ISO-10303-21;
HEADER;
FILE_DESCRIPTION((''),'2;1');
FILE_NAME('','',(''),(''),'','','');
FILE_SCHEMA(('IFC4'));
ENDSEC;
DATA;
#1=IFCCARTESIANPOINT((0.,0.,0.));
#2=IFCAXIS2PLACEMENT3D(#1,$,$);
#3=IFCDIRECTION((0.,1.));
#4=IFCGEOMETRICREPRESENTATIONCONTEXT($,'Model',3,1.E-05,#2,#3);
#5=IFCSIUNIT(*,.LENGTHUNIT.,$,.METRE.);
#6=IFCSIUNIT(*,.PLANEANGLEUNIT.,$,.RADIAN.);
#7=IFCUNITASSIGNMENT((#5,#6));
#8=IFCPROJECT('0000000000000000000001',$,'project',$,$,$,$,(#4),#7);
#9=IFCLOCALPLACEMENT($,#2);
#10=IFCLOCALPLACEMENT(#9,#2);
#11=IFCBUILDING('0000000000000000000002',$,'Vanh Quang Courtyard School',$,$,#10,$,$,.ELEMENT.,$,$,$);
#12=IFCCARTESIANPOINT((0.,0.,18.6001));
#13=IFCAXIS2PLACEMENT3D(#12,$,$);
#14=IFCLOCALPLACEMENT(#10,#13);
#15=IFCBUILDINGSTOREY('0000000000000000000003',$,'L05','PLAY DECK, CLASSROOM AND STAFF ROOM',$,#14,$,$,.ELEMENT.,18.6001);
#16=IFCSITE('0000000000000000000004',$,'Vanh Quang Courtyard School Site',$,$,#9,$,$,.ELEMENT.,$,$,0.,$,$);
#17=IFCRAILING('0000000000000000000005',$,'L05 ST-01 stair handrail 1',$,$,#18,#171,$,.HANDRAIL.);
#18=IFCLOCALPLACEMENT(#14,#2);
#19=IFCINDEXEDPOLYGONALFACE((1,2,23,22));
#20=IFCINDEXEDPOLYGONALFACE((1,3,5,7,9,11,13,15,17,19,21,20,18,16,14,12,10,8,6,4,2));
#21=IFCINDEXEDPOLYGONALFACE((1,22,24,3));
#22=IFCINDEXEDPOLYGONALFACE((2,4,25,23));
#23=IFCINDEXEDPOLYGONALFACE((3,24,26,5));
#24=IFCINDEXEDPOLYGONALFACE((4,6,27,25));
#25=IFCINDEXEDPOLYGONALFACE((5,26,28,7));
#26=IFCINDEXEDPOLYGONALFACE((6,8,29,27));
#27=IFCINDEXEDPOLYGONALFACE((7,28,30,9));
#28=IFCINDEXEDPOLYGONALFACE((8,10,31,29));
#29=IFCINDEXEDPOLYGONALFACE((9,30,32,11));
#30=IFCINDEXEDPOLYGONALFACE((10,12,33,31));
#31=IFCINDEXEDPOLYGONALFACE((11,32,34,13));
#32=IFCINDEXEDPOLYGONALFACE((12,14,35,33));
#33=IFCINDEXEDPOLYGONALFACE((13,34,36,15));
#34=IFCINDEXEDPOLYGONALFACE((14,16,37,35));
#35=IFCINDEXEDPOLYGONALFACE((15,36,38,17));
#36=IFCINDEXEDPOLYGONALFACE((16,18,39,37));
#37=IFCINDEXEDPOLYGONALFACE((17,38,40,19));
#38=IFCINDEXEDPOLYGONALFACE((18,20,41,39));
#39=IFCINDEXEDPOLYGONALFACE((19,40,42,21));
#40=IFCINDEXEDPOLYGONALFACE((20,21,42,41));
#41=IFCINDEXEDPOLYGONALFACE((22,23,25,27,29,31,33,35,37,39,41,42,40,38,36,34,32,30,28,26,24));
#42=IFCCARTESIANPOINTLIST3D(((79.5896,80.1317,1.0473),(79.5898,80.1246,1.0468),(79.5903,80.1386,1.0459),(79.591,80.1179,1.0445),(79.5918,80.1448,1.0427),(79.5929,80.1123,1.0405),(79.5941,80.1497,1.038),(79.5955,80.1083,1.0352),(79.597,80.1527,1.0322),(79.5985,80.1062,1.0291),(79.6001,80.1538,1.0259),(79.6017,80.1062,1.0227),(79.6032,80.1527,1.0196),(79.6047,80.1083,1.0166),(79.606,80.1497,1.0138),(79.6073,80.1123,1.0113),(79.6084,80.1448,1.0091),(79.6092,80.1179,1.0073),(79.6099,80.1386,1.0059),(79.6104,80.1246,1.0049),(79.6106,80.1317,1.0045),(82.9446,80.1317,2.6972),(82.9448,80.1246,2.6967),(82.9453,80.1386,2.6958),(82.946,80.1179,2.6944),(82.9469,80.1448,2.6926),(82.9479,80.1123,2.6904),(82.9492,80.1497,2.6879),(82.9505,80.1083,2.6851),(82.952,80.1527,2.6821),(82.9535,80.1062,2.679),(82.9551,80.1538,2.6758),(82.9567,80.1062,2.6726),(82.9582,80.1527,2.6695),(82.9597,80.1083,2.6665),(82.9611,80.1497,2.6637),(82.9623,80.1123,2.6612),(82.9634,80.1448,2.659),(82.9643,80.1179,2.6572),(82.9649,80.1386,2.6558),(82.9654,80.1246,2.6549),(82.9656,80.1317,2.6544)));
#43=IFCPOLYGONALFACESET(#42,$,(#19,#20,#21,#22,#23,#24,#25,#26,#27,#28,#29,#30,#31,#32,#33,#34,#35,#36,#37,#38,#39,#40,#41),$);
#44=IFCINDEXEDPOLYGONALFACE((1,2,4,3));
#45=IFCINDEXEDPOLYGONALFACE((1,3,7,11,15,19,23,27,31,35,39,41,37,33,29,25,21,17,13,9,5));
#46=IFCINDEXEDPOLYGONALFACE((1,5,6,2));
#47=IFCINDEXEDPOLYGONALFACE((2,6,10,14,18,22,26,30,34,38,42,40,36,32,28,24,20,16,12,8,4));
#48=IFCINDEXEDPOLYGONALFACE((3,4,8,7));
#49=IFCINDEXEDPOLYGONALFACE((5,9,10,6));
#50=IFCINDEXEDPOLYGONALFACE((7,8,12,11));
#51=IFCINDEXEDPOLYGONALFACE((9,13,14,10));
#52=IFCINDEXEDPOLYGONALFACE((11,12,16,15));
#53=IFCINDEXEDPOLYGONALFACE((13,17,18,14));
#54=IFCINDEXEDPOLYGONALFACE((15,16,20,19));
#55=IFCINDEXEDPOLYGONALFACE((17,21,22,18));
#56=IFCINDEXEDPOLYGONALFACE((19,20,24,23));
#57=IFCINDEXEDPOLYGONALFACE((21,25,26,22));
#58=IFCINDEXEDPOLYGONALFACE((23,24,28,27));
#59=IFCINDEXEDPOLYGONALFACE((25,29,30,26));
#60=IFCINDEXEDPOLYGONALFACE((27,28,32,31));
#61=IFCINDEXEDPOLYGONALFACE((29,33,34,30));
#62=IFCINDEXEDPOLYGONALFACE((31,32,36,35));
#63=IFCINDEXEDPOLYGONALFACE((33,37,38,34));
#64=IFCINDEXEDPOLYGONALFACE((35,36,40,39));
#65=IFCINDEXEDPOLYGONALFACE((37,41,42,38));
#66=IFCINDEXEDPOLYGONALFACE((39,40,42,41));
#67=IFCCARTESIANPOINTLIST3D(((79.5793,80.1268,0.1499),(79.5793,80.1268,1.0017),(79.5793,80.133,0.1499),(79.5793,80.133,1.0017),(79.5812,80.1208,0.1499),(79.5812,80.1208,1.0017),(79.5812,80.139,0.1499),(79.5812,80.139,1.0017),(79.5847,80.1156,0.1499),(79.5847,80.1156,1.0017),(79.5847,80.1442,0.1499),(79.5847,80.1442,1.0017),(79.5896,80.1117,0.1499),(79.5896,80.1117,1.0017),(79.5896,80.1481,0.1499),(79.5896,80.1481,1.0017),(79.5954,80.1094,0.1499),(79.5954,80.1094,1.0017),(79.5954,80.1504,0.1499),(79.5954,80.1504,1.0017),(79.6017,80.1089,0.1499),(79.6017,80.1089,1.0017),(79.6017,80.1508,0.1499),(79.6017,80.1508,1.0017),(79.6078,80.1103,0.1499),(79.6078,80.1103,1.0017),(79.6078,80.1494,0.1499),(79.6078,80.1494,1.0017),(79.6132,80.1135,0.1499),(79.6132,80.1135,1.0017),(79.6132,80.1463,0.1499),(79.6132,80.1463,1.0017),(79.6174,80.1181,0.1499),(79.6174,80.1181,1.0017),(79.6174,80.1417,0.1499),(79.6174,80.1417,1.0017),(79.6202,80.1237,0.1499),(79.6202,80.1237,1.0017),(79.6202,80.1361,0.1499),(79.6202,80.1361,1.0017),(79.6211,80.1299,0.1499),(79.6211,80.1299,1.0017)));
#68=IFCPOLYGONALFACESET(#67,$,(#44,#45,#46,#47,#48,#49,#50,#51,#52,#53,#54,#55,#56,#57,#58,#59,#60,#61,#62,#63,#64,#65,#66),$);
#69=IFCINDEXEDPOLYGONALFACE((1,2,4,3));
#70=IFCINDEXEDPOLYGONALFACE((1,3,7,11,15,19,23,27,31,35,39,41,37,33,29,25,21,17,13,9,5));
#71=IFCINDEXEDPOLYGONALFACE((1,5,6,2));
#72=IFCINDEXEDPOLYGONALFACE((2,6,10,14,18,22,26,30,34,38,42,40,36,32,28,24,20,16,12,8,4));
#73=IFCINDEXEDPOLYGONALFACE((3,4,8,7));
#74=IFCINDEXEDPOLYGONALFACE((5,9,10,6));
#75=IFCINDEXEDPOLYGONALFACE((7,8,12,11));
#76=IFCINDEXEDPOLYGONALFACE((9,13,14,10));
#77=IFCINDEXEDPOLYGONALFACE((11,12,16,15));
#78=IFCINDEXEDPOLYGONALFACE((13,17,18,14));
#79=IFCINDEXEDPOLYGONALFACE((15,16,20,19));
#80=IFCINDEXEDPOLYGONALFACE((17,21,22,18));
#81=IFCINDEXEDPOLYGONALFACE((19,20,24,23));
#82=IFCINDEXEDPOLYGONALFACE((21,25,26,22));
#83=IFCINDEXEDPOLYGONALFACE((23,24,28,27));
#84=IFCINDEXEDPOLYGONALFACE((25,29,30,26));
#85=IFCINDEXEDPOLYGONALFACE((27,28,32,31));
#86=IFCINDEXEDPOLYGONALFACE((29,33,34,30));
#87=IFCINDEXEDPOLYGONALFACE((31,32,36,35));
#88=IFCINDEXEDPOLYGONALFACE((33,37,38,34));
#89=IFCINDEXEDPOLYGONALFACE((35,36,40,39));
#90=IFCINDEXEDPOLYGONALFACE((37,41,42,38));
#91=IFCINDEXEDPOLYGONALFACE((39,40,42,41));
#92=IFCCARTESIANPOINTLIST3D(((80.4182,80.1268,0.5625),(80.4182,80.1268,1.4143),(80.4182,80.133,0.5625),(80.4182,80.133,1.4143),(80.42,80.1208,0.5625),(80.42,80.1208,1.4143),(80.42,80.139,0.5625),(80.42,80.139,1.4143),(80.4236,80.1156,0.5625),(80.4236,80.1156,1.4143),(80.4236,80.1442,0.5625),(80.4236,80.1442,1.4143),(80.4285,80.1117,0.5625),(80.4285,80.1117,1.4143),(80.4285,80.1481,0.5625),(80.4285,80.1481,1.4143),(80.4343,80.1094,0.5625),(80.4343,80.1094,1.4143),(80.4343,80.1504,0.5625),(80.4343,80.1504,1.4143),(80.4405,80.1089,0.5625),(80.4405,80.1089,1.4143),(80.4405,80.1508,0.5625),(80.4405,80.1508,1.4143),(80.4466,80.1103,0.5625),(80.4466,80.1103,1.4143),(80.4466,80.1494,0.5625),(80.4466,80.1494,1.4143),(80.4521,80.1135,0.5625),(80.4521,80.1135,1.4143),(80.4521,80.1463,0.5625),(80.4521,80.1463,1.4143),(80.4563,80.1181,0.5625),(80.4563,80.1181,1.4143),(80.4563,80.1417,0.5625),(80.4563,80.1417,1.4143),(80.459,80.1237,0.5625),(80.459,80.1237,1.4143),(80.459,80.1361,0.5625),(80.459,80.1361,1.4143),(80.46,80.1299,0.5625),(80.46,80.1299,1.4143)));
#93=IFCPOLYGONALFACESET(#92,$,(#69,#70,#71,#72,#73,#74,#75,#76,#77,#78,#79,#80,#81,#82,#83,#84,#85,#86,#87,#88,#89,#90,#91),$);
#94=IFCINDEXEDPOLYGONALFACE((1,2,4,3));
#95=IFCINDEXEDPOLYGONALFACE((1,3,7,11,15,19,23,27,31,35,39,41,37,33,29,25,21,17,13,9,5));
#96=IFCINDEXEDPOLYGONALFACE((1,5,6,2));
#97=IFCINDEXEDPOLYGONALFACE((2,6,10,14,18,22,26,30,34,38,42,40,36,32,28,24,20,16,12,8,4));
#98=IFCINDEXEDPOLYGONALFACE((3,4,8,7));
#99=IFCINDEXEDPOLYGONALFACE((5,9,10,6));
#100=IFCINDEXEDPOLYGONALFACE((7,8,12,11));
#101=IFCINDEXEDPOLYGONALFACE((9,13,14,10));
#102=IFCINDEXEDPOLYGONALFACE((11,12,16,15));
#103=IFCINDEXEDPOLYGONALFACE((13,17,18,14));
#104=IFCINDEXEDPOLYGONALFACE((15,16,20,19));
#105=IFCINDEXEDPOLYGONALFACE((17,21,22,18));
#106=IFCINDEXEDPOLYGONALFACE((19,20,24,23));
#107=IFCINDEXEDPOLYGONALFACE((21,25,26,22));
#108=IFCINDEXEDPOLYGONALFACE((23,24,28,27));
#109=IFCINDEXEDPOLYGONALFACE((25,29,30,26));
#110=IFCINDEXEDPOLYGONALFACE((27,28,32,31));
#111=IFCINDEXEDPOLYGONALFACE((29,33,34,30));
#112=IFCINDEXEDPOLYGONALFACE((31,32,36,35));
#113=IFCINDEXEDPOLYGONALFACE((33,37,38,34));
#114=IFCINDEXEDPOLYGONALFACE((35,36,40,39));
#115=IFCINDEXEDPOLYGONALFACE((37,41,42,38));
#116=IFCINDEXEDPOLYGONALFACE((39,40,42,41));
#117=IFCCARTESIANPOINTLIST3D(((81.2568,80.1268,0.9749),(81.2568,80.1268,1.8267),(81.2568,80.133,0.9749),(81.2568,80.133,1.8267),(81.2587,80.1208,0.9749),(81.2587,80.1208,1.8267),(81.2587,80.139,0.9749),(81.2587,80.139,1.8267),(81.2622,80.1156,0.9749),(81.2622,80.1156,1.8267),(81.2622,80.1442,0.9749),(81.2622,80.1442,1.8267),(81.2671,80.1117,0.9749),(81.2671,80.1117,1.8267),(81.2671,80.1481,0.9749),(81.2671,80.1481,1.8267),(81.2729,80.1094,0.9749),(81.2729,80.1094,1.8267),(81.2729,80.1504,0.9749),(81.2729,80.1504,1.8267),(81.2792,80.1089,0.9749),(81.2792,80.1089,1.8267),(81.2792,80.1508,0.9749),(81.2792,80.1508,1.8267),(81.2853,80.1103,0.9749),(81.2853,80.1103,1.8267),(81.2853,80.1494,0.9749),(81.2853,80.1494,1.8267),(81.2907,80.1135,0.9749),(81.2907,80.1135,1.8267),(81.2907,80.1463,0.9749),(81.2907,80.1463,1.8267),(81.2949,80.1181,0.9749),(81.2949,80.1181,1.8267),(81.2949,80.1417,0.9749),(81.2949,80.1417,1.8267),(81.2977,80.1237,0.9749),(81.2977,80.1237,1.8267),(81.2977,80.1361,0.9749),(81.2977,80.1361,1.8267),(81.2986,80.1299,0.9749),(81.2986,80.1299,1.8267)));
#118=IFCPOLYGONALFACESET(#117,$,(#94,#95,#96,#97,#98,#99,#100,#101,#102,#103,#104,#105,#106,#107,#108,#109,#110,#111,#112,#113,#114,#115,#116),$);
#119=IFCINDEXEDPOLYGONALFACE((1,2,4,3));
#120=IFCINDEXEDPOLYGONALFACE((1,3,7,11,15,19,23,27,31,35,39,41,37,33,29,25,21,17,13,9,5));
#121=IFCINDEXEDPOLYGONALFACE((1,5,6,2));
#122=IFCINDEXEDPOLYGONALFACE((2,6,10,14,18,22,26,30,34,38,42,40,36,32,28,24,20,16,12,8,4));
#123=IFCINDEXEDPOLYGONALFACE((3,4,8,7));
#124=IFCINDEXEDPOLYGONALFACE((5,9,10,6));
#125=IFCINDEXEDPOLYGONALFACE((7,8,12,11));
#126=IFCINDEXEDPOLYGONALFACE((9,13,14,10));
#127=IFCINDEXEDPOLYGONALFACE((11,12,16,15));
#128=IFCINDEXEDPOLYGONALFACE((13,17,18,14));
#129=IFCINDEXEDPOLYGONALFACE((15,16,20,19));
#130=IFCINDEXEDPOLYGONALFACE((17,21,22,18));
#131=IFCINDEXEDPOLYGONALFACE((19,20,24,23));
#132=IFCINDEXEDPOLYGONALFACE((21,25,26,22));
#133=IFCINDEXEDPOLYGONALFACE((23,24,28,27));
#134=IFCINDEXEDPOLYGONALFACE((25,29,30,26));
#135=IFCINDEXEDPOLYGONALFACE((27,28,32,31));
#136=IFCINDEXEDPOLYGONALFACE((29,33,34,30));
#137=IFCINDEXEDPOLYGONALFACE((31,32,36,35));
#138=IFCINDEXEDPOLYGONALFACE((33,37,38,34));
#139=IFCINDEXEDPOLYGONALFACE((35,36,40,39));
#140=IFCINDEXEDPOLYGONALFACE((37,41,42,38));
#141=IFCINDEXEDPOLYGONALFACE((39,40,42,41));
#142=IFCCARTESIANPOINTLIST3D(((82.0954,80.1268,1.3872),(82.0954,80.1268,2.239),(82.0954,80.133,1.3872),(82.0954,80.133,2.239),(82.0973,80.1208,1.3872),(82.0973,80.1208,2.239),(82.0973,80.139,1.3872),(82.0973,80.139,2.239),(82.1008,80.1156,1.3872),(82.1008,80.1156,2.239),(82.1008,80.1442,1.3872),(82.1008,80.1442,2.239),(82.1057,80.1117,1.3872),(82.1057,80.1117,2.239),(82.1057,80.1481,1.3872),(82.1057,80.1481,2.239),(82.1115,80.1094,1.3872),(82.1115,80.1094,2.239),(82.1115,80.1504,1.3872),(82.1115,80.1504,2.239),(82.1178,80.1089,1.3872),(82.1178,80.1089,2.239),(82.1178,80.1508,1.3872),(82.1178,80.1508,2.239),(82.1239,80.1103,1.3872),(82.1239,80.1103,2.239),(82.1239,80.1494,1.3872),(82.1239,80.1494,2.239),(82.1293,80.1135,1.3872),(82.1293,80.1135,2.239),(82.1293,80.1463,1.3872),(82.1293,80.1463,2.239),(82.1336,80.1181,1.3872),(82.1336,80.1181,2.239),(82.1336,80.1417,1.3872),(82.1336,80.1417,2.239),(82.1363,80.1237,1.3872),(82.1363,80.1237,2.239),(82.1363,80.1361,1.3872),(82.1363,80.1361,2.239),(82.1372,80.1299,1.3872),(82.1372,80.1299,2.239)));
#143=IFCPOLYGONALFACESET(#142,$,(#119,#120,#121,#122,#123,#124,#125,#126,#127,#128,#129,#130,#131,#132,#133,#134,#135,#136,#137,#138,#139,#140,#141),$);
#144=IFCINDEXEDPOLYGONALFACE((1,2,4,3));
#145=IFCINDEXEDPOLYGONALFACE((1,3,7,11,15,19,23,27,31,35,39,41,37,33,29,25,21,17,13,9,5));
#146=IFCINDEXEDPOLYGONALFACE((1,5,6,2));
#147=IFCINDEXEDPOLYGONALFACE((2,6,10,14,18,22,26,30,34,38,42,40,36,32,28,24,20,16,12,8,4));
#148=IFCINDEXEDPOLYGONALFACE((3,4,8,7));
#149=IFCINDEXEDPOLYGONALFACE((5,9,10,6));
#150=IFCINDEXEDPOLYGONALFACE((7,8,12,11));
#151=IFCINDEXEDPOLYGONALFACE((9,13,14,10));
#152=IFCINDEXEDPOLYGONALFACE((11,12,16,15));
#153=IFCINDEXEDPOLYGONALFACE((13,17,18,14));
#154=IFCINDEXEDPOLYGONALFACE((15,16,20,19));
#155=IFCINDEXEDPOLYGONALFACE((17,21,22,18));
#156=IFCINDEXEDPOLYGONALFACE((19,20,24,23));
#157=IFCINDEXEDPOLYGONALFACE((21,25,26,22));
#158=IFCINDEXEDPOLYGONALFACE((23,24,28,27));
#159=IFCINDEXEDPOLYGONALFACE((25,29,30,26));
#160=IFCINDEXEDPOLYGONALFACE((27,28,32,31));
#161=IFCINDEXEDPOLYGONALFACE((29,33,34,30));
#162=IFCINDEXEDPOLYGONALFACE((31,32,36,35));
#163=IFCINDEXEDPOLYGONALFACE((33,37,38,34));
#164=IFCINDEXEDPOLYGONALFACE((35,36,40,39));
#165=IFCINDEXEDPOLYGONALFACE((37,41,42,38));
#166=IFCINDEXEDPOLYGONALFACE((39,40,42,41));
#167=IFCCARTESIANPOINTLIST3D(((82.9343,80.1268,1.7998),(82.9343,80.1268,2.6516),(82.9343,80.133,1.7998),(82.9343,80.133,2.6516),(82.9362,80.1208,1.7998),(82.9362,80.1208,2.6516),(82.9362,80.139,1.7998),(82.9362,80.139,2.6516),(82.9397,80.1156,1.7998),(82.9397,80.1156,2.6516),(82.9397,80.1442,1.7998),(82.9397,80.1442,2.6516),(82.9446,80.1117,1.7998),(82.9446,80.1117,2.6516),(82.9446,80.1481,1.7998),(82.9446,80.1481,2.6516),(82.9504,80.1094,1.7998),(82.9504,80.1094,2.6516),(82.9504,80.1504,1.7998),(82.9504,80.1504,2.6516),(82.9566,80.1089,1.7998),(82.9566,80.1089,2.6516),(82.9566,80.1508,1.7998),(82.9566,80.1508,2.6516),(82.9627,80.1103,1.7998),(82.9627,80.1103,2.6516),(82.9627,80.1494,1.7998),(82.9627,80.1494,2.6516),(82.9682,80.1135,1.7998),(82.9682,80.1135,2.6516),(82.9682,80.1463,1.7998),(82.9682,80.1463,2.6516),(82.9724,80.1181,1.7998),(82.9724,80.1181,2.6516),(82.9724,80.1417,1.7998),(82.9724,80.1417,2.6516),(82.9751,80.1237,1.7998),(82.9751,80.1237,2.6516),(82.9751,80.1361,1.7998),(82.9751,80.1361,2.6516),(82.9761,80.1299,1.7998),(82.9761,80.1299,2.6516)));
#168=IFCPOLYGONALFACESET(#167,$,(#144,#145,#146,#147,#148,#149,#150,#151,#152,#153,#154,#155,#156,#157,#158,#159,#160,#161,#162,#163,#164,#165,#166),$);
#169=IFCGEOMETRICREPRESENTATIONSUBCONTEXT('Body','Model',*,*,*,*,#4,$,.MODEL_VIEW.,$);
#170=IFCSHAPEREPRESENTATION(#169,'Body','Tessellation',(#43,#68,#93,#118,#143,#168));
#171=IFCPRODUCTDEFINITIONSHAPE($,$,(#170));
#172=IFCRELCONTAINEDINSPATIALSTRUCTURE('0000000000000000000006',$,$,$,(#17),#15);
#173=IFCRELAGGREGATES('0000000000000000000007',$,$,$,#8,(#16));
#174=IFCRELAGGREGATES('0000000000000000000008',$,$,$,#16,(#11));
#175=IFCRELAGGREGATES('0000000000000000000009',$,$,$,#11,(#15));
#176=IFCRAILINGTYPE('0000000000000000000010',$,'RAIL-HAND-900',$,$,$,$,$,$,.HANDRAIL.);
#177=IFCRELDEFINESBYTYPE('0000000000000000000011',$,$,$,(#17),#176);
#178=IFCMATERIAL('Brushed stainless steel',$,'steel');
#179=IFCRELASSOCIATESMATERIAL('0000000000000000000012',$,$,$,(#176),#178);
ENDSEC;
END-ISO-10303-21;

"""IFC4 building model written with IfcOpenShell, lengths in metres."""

from ifc_helpers import new_model, si_unit, direction, frame, origin, origin_2d, place, context, subcontext, project, spatial, circle, extrude, material, type_object, element, save


model = new_model("IFC4")

# Units and contexts
model_context = context("Model", 3, precision=1e-05, world=origin(), true_north=direction((0.0, 1.0)))
body_context = subcontext(model_context, "Body", "Model", "MODEL_VIEW")
ifc_project = project(units=[si_unit("LENGTHUNIT", "METRE"), si_unit("PLANEANGLEUNIT", "RADIAN")], contexts=[model_context])

# Site, building, storey
site_placement = place(None, origin())
site = spatial("IfcSite", under=ifc_project, at=site_placement, Name="Vanh Quang Courtyard School Site", CompositionType="ELEMENT", RefElevation=0.0)
building_placement = place(site_placement, origin())
building = spatial("IfcBuilding", under=site, at=building_placement, Name="Vanh Quang Courtyard School", CompositionType="ELEMENT")
storey_placement = place(building_placement, frame((0.0, 0.0, 18.6001)))
storey = spatial("IfcBuildingStorey", under=building, at=storey_placement, Name="L05", Description="PLAY DECK, CLASSROOM AND STAFF ROOM", CompositionType="ELEMENT", Elevation=18.6001)

# Railing
ifc_material_1 = material(Name="Brushed stainless steel", Category="steel")
railing_type_1 = type_object("IfcRailingType", Name="RAIL-HAND-900", PredefinedType="HANDRAIL", material=ifc_material_1)
railing_1_placement = place(storey_placement, frame((79.6001, 80.1299, 0.1499)))
element("IfcRailing", 1, at=railing_1_placement, inside=storey, type_object=railing_type_1, Name="L05 ST-01 stair handrail 1", PredefinedType="HANDRAIL", context=body_context, shape_type="SweptSolid", body=[
    extrude(circle(Radius=0.0239, at=origin_2d()), frame((0.0, 0.0, 0.876), z_axis=(0.897359, 0.0, 0.441301), x_axis=(0.0, 1.0, 0.0)), (0.0, 0.0, 1.0), 3.7388),
    extrude(circle(Radius=0.021, at=origin_2d()), origin(), (0.0, 0.0, 1.0), 0.8518),
    extrude(circle(Radius=0.021, at=origin_2d()), frame((0.8389, 0.0, 0.4126)), (0.0, 0.0, 1.0), 0.8518),
    extrude(circle(Radius=0.021, at=origin_2d()), frame((1.6775, 0.0, 0.825)), (0.0, 0.0, 1.0), 0.8518),
    extrude(circle(Radius=0.021, at=origin_2d()), frame((2.5161, 0.0, 1.2373)), (0.0, 0.0, 1.0), 0.8518),
    extrude(circle(Radius=0.021, at=origin_2d()), frame((3.355, 0.0, 1.6499)), (0.0, 0.0, 1.0), 0.8518),
])

save(model, "model.ifc")
